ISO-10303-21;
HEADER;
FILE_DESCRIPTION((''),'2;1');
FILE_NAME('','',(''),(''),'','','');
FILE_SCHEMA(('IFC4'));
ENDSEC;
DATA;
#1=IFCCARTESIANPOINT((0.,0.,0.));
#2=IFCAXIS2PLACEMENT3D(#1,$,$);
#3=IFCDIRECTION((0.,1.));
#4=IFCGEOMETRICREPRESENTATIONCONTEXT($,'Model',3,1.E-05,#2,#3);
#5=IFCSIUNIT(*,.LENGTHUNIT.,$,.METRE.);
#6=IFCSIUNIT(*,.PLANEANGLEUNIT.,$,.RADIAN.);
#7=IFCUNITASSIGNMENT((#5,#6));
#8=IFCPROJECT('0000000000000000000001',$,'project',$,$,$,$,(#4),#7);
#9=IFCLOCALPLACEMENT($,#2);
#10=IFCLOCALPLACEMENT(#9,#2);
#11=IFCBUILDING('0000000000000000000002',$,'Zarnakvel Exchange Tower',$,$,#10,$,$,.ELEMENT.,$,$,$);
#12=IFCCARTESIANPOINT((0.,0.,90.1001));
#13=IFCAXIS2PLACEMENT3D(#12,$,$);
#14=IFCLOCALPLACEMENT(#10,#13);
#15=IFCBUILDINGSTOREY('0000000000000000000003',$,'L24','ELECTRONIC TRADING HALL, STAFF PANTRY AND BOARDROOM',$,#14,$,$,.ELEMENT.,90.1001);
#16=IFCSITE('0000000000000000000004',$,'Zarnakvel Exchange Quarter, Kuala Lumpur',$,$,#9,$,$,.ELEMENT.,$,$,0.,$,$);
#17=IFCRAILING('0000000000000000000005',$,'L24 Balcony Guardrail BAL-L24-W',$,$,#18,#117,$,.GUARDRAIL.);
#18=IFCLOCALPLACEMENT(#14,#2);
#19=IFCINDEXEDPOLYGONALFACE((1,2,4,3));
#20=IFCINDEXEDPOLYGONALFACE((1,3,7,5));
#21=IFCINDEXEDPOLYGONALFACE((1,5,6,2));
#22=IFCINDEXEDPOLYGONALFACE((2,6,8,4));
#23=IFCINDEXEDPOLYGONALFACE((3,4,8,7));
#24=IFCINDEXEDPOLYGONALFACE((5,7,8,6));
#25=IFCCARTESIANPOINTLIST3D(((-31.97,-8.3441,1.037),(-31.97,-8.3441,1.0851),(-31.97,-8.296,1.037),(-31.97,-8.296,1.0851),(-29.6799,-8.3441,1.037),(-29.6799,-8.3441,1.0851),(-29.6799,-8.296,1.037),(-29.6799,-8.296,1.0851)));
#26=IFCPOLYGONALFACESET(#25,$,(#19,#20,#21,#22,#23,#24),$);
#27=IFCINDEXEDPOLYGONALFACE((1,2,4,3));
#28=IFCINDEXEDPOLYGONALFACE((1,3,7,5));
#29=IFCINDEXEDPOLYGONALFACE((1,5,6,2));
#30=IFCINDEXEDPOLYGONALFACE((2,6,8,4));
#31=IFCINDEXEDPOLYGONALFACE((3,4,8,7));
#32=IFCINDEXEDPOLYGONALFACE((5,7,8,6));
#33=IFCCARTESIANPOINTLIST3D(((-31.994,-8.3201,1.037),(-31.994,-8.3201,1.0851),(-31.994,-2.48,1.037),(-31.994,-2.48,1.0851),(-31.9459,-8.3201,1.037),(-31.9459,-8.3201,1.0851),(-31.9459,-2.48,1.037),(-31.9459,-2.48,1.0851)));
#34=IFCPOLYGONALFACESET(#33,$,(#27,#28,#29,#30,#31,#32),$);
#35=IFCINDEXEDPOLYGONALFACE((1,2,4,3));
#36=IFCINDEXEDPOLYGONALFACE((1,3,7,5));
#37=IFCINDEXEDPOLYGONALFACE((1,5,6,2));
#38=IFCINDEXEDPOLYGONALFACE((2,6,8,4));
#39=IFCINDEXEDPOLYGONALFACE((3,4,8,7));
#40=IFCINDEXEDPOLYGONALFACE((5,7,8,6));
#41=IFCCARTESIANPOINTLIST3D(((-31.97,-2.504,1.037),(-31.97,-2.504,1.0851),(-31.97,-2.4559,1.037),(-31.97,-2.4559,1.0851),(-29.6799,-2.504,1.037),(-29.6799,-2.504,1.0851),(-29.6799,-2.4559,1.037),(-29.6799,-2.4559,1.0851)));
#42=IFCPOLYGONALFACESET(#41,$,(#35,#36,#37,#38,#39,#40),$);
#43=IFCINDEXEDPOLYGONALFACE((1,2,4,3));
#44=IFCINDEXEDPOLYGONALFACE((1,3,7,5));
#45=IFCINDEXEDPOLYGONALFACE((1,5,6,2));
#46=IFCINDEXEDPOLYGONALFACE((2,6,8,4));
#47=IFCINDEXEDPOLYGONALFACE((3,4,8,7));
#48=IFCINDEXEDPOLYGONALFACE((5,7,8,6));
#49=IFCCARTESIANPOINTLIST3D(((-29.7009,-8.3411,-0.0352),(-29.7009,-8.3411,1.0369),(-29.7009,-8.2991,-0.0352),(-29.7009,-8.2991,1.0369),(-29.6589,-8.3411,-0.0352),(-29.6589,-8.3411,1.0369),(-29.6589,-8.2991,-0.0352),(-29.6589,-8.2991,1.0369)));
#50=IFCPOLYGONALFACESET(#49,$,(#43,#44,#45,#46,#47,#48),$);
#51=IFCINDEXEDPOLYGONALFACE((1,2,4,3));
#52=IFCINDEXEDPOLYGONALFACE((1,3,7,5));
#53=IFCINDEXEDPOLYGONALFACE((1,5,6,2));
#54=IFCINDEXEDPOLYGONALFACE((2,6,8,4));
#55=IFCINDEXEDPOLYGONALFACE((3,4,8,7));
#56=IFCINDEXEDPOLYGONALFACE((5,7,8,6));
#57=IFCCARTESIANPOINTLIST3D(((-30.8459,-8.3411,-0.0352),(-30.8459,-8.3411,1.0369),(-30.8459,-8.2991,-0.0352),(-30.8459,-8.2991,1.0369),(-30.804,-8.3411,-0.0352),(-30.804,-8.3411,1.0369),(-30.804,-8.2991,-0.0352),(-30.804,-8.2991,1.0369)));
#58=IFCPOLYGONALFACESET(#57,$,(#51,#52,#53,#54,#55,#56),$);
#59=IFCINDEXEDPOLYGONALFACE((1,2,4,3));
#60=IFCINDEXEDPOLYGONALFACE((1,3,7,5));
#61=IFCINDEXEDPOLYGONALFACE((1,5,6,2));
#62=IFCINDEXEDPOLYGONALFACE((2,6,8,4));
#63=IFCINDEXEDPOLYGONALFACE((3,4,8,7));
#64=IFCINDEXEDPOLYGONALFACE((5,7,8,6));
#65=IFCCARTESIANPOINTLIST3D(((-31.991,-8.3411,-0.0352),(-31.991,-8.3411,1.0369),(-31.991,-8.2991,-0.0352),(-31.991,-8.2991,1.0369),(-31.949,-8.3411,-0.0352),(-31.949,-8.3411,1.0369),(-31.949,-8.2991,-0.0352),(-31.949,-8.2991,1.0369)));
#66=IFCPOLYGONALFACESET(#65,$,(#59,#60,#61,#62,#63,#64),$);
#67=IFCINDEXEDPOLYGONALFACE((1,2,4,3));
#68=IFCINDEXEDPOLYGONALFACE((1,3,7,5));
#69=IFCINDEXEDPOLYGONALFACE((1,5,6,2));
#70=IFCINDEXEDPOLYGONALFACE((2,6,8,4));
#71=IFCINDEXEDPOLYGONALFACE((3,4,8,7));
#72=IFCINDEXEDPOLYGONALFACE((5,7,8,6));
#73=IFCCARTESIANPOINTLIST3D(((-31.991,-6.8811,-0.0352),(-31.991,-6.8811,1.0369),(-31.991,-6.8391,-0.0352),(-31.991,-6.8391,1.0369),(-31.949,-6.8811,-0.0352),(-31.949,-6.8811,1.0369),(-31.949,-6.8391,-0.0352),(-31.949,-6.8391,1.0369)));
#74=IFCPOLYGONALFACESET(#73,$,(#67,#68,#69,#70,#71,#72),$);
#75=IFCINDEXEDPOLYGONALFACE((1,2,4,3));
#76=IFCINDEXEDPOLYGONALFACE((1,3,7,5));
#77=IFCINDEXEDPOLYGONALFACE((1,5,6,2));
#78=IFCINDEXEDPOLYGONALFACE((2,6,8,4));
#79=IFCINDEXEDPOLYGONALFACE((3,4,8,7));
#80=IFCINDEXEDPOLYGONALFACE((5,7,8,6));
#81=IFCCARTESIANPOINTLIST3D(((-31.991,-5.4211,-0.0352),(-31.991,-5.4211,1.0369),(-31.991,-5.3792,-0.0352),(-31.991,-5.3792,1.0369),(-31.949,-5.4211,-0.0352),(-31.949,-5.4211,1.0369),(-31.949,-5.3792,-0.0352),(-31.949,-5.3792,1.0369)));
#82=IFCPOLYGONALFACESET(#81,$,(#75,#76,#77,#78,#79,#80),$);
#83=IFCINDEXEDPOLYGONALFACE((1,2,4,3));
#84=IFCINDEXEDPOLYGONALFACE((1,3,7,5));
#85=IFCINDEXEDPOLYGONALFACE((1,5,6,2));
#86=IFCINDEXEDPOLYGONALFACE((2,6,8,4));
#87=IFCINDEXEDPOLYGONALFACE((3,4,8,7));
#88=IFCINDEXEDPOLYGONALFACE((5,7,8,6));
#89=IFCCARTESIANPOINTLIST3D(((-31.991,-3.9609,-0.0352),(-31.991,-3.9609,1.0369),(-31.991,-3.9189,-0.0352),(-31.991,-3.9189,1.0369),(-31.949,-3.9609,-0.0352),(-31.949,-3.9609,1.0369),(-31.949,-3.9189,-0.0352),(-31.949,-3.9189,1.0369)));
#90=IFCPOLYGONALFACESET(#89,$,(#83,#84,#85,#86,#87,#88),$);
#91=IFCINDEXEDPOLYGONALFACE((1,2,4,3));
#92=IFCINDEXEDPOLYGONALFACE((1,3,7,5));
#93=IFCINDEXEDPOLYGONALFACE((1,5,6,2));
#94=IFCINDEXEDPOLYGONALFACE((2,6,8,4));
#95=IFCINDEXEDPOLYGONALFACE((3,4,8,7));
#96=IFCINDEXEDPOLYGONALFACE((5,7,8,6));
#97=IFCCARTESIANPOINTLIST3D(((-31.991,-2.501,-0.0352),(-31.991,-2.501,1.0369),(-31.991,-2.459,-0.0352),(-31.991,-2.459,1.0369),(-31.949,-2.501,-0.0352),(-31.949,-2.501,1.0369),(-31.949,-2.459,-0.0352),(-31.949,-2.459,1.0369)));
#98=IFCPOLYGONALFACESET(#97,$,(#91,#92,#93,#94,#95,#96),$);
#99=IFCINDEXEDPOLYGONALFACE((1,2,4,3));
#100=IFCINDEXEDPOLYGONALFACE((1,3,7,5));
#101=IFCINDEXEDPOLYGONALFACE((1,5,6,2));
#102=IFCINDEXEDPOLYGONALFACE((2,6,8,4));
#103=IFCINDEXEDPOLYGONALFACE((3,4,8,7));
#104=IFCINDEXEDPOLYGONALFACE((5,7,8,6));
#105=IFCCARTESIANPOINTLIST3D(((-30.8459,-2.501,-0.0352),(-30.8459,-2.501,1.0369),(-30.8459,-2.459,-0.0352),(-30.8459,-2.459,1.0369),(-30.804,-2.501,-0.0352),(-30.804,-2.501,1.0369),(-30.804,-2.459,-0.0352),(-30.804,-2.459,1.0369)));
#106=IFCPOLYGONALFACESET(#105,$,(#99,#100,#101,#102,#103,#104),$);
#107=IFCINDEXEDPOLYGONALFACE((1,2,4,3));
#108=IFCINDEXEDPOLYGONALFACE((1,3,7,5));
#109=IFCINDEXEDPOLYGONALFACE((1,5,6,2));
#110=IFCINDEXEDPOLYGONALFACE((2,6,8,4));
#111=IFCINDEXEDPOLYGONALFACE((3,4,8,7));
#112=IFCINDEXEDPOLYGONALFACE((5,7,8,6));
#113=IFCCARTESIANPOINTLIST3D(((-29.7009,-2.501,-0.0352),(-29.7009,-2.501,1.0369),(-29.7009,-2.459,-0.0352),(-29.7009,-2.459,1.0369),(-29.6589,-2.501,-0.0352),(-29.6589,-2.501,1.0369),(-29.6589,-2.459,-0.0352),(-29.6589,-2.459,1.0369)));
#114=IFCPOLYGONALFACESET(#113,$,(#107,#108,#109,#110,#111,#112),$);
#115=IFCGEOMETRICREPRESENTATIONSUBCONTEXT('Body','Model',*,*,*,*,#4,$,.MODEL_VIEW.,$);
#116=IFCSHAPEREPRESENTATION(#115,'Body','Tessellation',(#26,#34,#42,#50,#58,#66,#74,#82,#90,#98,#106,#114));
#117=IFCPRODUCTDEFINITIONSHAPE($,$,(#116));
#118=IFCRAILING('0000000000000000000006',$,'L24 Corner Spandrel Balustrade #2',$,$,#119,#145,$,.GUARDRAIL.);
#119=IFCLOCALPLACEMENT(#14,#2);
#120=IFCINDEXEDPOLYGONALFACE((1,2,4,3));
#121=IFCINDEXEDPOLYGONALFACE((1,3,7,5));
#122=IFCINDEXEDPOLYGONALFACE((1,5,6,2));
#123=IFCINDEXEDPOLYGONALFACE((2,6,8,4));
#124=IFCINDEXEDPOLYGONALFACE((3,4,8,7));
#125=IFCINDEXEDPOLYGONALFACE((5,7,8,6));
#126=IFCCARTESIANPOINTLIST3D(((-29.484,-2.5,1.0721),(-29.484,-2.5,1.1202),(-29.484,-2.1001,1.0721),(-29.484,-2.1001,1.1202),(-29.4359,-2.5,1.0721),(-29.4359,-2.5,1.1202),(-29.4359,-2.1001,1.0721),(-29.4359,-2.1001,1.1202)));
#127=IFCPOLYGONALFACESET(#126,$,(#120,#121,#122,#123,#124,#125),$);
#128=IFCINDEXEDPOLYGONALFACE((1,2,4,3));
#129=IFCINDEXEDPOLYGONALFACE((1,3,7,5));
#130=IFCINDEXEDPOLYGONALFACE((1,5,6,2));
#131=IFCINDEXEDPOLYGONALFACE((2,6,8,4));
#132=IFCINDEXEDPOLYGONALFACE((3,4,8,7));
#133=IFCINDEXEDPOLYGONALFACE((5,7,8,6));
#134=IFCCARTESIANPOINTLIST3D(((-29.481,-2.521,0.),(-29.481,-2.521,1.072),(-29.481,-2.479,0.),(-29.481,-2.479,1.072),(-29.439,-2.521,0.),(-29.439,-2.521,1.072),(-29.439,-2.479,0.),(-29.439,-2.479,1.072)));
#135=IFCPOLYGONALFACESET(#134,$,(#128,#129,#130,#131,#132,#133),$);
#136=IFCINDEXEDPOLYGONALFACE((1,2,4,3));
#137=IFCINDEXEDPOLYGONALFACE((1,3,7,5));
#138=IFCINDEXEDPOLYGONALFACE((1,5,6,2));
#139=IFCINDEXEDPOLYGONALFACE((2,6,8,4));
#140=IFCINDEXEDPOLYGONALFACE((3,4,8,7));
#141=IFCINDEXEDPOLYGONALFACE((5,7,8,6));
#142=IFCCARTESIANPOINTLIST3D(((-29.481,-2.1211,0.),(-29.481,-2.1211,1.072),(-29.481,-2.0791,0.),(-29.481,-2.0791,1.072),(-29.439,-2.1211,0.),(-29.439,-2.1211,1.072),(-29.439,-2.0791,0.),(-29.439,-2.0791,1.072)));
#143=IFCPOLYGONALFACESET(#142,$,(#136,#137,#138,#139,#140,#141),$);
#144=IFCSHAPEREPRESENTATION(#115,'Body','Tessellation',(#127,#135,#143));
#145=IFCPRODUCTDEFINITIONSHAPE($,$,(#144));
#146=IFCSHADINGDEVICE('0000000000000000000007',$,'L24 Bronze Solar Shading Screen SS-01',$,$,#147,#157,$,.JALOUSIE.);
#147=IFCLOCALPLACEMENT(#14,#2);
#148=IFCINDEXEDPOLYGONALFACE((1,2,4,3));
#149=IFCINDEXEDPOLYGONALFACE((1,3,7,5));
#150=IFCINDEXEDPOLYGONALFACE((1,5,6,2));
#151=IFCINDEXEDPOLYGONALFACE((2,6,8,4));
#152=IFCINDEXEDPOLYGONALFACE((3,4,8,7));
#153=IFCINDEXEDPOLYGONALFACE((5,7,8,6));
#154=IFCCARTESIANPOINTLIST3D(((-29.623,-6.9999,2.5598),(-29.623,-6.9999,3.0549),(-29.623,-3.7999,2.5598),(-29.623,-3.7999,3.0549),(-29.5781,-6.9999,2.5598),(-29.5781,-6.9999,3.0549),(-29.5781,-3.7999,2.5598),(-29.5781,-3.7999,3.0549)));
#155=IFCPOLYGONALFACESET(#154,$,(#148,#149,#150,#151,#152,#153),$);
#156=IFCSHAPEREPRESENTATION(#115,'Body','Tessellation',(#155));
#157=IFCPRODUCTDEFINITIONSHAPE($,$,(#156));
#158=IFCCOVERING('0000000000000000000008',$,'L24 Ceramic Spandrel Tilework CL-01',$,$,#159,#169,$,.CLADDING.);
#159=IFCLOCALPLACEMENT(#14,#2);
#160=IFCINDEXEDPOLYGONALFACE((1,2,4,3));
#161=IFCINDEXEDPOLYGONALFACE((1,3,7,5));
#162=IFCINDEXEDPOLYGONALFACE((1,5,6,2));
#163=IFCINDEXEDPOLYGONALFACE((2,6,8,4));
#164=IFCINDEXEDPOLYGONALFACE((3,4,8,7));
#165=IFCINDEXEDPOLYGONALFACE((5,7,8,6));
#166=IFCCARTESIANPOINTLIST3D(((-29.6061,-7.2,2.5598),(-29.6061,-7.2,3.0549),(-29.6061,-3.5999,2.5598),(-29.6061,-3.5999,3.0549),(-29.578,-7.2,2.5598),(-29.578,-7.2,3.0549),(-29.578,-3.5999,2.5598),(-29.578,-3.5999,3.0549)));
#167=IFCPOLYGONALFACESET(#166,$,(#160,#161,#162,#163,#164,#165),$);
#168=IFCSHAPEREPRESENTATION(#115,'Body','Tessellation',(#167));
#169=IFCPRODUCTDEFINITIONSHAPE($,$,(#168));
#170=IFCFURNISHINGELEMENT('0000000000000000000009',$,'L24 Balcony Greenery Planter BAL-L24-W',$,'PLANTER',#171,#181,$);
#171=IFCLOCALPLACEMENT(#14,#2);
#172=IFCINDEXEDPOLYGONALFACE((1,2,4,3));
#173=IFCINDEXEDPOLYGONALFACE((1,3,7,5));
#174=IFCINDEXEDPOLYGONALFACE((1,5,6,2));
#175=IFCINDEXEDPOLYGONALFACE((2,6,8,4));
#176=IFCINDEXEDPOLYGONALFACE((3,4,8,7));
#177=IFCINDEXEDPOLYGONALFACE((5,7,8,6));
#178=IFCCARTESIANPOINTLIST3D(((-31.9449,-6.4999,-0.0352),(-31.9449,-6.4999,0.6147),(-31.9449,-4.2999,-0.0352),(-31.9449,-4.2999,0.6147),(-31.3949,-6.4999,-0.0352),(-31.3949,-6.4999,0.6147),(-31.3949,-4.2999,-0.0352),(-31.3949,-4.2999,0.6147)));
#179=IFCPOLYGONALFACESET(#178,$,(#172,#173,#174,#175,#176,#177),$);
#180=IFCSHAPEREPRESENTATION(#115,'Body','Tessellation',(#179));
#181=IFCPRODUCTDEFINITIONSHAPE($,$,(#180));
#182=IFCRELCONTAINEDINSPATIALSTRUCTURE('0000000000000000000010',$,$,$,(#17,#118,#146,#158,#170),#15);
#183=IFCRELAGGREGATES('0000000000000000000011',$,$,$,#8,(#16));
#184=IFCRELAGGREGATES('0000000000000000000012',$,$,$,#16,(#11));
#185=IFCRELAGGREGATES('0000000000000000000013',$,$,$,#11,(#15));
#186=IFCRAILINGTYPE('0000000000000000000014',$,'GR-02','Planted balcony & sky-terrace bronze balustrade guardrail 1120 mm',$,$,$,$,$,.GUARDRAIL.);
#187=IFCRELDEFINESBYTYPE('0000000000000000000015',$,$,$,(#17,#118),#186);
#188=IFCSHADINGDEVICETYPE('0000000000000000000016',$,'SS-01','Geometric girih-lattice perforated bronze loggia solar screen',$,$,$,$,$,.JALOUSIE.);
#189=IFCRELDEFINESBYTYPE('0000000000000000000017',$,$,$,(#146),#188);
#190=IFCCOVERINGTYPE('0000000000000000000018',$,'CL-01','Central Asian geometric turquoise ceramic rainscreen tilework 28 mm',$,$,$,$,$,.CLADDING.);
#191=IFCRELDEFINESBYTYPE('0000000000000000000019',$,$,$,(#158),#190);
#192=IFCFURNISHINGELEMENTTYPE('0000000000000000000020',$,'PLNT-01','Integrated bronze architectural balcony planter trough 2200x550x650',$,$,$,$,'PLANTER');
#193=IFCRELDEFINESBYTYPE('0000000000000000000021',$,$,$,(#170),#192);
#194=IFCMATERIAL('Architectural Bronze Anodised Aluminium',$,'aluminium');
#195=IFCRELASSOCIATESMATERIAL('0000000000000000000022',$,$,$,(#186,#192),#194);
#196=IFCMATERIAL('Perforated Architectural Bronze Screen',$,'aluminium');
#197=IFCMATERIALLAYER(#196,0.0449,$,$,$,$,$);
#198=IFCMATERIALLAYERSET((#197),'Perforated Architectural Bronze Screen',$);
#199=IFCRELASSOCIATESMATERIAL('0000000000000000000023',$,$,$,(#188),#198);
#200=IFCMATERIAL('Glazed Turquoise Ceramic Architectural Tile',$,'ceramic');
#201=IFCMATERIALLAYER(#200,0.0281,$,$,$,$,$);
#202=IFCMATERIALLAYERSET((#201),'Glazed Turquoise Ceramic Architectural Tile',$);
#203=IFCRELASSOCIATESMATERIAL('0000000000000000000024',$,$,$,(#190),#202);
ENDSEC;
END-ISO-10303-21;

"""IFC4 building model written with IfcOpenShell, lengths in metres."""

from ifc_helpers import new_model, si_unit, direction, frame, origin, origin_2d, place, context, subcontext, project, spatial, rectangle, extrude, source, transform, mapped, material, layer, layer_set, type_object, element, save


model = new_model("IFC4")

# Units and contexts
model_context = context("Model", 3, precision=1e-05, world=origin(), true_north=direction((0.0, 1.0)))
body_context = subcontext(model_context, "Body", "Model", "MODEL_VIEW")
ifc_project = project(units=[si_unit("LENGTHUNIT", "METRE"), si_unit("PLANEANGLEUNIT", "RADIAN")], contexts=[model_context])

# Site, building, storey
site_placement = place(None, origin())
site = spatial("IfcSite", under=ifc_project, at=site_placement, Name="Zarnakvel Exchange Quarter, Kuala Lumpur", CompositionType="ELEMENT", RefElevation=0.0)
building_placement = place(site_placement, origin())
building = spatial("IfcBuilding", under=site, at=building_placement, Name="Zarnakvel Exchange Tower", CompositionType="ELEMENT")
storey_placement = place(building_placement, frame((0.0, 0.0, 90.1001)))
storey = spatial("IfcBuildingStorey", under=building, at=storey_placement, Name="L24", Description="ELECTRONIC TRADING HALL, STAFF PANTRY AND BOARDROOM", CompositionType="ELEMENT", Elevation=90.1001)

# Shared definitions
ifc_material_1 = material(Name="Architectural Bronze Anodised Aluminium", Category="aluminium")

# Railings
railing_type = type_object("IfcRailingType", Name="GR-02", Description="Planted balcony & sky-terrace bronze balustrade guardrail 1120 mm", PredefinedType="GUARDRAIL", material=ifc_material_1)
railing_1_placement = place(storey_placement, frame((-29.6799, -8.3201, -0.0352)))
element("IfcRailing", 1, at=railing_1_placement, inside=storey, type_object=railing_type, Name="L24 Balcony Guardrail BAL-L24-W", PredefinedType="GUARDRAIL", context=body_context, shape_type="SweptSolid", body=[
    extrude(rectangle(XDim=0.0481, YDim=0.0481, at=origin_2d()), frame((0.0, 0.0, 1.0962), z_axis=(-1.0, 0.0, 0.0), x_axis=(0.0, -1.0, 0.0)), (0.0, 0.0, 1.0), 2.29),
    extrude(rectangle(XDim=0.0481, YDim=0.0481, at=origin_2d()), frame((-2.29, 0.0, 1.0962), z_axis=(0.0, 1.0, 0.0), x_axis=(-1.0, 0.0, 0.0)), (0.0, 0.0, 1.0), 5.8401),
    extrude(rectangle(XDim=0.0481, YDim=0.0481, at=origin_2d()), frame((-2.29, 5.8401, 1.0962), z_axis=(1.0, 0.0, 0.0), x_axis=(0.0, 1.0, 0.0)), (0.0, 0.0, 1.0), 2.29),
    extrude(rectangle(XDim=0.042, YDim=0.042, at=origin_2d()), origin(), (0.0, 0.0, 1.0), 1.072),
    extrude(rectangle(XDim=0.042, YDim=0.042, at=origin_2d()), frame((-1.145, 0.0, 0.0)), (0.0, 0.0, 1.0), 1.072),
    extrude(rectangle(XDim=0.042, YDim=0.042, at=origin_2d()), frame((-2.29, 0.0, 0.0)), (0.0, 0.0, 1.0), 1.072),
    extrude(rectangle(XDim=0.042, YDim=0.042, at=origin_2d()), frame((-2.29, 1.46, 0.0)), (0.0, 0.0, 1.0), 1.072),
    extrude(rectangle(XDim=0.042, YDim=0.042, at=origin_2d()), frame((-2.29, 2.9199, 0.0)), (0.0, 0.0, 1.0), 1.072),
    extrude(rectangle(XDim=0.042, YDim=0.042, at=origin_2d()), frame((-2.29, 4.3801, 0.0)), (0.0, 0.0, 1.0), 1.072),
    extrude(rectangle(XDim=0.042, YDim=0.042, at=origin_2d()), frame((-2.29, 5.8401, 0.0)), (0.0, 0.0, 1.0), 1.072),
    extrude(rectangle(XDim=0.042, YDim=0.042, at=origin_2d()), frame((-1.145, 5.8401, 0.0)), (0.0, 0.0, 1.0), 1.072),
    extrude(rectangle(XDim=0.042, YDim=0.042, at=origin_2d()), frame((0.0, 5.8401, 0.0)), (0.0, 0.0, 1.0), 1.072),
])
railing_2_placement = place(storey_placement, frame((-29.46, -2.5, 0.0)))
element("IfcRailing", 2, at=railing_2_placement, inside=storey, type_object=railing_type, Name="L24 Corner Spandrel Balustrade #2", PredefinedType="GUARDRAIL", context=body_context, shape_type="SweptSolid", body=[
    extrude(rectangle(XDim=0.0481, YDim=0.0481, at=origin_2d()), frame((0.0, 0.0, 1.0962), z_axis=(0.0, 1.0, 0.0), x_axis=(-1.0, 0.0, 0.0)), (0.0, 0.0, 1.0), 0.3999),
    extrude(rectangle(XDim=0.042, YDim=0.042, at=origin_2d()), origin(), (0.0, 0.0, 1.0), 1.072),
    extrude(rectangle(XDim=0.042, YDim=0.042, at=origin_2d()), frame((0.0, 0.3999, 0.0)), (0.0, 0.0, 1.0), 1.072),
])

# Shading device
ifc_material_2 = material(Name="Perforated Architectural Bronze Screen", Category="aluminium")
ifc_layer_1 = layer(ifc_material_2, 0.0449)
ifc_layer_set_1 = layer_set([ifc_layer_1], Name="Perforated Architectural Bronze Screen")
shading_device_type = type_object("IfcShadingDeviceType", Name="SS-01", Description="Geometric girih-lattice perforated bronze loggia solar screen", PredefinedType="JALOUSIE", material=ifc_layer_set_1)
shared_shape_1 = source(origin(), body_context, "Body", "SweptSolid", [
    extrude(rectangle(XDim=3.2, YDim=0.0449, at=origin_2d()), origin(), (0.0, 0.0, 1.0), 0.4951),
])
shading_device_placement = place(storey_placement, frame((-29.6006, -5.3999, 2.5598), z_axis=(0.0, 0.0, 1.0), x_axis=(0.0, 1.0, 0.0)))
element("IfcShadingDevice", 3, at=shading_device_placement, inside=storey, type_object=shading_device_type, Name="L24 Bronze Solar Shading Screen SS-01", PredefinedType="JALOUSIE", context=body_context, shape_type="MappedRepresentation", body=[
    mapped(shared_shape_1, transform((0.0, 0.0, 0.0), x_axis=(1.0, 0.0, 0.0), y_axis=(0.0, 1.0, 0.0), z_axis=(0.0, 0.0, 1.0), scale=1.0)),
])

# Covering
ifc_material_3 = material(Name="Glazed Turquoise Ceramic Architectural Tile", Category="ceramic")
ifc_layer_2 = layer(ifc_material_3, 0.0281)
ifc_layer_set_2 = layer_set([ifc_layer_2], Name="Glazed Turquoise Ceramic Architectural Tile")
covering_type = type_object("IfcCoveringType", Name="CL-01", Description="Central Asian geometric turquoise ceramic rainscreen tilework 28 mm", PredefinedType="CLADDING", material=ifc_layer_set_2)
shared_shape_2 = source(origin(), body_context, "Body", "SweptSolid", [
    extrude(rectangle(XDim=3.6001, YDim=0.0281, at=origin_2d()), origin(), (0.0, 0.0, 1.0), 0.4951),
])
covering_placement = place(storey_placement, frame((-29.592, -5.3999, 2.5598), z_axis=(0.0, 0.0, 1.0), x_axis=(0.0, 1.0, 0.0)))
element("IfcCovering", 4, at=covering_placement, inside=storey, type_object=covering_type, Name="L24 Ceramic Spandrel Tilework CL-01", PredefinedType="CLADDING", context=body_context, shape_type="MappedRepresentation", body=[
    mapped(shared_shape_2, transform((0.0, 0.0, 0.0), x_axis=(1.0, 0.0, 0.0), y_axis=(0.0, 1.0, 0.0), z_axis=(0.0, 0.0, 1.0), scale=1.0)),
])

# Furnishing element
furnishing_element_type = type_object("IfcFurnishingElementType", Name="PLNT-01", Description="Integrated bronze architectural balcony planter trough 2200x550x650", ElementType="PLANTER", material=ifc_material_1)
shared_shape_3 = source(origin(), body_context, "Body", "SweptSolid", [
    extrude(rectangle(XDim=2.2, YDim=0.55, at=origin_2d()), origin(), (0.0, 0.0, 1.0), 0.6499),
])
furnishing_placement = place(storey_placement, frame((-31.6699, -5.3999, -0.0352), z_axis=(0.0, 0.0, 1.0), x_axis=(0.0, 1.0, 0.0)))
element("IfcFurnishingElement", 5, at=furnishing_placement, inside=storey, type_object=furnishing_element_type, Name="L24 Balcony Greenery Planter BAL-L24-W", ObjectType="PLANTER", context=body_context, shape_type="MappedRepresentation", body=[
    mapped(shared_shape_3, transform((0.0, 0.0, 0.0), x_axis=(1.0, 0.0, 0.0), y_axis=(0.0, 1.0, 0.0), z_axis=(0.0, 0.0, 1.0), scale=1.0)),
])

save(model, "model.ifc")
